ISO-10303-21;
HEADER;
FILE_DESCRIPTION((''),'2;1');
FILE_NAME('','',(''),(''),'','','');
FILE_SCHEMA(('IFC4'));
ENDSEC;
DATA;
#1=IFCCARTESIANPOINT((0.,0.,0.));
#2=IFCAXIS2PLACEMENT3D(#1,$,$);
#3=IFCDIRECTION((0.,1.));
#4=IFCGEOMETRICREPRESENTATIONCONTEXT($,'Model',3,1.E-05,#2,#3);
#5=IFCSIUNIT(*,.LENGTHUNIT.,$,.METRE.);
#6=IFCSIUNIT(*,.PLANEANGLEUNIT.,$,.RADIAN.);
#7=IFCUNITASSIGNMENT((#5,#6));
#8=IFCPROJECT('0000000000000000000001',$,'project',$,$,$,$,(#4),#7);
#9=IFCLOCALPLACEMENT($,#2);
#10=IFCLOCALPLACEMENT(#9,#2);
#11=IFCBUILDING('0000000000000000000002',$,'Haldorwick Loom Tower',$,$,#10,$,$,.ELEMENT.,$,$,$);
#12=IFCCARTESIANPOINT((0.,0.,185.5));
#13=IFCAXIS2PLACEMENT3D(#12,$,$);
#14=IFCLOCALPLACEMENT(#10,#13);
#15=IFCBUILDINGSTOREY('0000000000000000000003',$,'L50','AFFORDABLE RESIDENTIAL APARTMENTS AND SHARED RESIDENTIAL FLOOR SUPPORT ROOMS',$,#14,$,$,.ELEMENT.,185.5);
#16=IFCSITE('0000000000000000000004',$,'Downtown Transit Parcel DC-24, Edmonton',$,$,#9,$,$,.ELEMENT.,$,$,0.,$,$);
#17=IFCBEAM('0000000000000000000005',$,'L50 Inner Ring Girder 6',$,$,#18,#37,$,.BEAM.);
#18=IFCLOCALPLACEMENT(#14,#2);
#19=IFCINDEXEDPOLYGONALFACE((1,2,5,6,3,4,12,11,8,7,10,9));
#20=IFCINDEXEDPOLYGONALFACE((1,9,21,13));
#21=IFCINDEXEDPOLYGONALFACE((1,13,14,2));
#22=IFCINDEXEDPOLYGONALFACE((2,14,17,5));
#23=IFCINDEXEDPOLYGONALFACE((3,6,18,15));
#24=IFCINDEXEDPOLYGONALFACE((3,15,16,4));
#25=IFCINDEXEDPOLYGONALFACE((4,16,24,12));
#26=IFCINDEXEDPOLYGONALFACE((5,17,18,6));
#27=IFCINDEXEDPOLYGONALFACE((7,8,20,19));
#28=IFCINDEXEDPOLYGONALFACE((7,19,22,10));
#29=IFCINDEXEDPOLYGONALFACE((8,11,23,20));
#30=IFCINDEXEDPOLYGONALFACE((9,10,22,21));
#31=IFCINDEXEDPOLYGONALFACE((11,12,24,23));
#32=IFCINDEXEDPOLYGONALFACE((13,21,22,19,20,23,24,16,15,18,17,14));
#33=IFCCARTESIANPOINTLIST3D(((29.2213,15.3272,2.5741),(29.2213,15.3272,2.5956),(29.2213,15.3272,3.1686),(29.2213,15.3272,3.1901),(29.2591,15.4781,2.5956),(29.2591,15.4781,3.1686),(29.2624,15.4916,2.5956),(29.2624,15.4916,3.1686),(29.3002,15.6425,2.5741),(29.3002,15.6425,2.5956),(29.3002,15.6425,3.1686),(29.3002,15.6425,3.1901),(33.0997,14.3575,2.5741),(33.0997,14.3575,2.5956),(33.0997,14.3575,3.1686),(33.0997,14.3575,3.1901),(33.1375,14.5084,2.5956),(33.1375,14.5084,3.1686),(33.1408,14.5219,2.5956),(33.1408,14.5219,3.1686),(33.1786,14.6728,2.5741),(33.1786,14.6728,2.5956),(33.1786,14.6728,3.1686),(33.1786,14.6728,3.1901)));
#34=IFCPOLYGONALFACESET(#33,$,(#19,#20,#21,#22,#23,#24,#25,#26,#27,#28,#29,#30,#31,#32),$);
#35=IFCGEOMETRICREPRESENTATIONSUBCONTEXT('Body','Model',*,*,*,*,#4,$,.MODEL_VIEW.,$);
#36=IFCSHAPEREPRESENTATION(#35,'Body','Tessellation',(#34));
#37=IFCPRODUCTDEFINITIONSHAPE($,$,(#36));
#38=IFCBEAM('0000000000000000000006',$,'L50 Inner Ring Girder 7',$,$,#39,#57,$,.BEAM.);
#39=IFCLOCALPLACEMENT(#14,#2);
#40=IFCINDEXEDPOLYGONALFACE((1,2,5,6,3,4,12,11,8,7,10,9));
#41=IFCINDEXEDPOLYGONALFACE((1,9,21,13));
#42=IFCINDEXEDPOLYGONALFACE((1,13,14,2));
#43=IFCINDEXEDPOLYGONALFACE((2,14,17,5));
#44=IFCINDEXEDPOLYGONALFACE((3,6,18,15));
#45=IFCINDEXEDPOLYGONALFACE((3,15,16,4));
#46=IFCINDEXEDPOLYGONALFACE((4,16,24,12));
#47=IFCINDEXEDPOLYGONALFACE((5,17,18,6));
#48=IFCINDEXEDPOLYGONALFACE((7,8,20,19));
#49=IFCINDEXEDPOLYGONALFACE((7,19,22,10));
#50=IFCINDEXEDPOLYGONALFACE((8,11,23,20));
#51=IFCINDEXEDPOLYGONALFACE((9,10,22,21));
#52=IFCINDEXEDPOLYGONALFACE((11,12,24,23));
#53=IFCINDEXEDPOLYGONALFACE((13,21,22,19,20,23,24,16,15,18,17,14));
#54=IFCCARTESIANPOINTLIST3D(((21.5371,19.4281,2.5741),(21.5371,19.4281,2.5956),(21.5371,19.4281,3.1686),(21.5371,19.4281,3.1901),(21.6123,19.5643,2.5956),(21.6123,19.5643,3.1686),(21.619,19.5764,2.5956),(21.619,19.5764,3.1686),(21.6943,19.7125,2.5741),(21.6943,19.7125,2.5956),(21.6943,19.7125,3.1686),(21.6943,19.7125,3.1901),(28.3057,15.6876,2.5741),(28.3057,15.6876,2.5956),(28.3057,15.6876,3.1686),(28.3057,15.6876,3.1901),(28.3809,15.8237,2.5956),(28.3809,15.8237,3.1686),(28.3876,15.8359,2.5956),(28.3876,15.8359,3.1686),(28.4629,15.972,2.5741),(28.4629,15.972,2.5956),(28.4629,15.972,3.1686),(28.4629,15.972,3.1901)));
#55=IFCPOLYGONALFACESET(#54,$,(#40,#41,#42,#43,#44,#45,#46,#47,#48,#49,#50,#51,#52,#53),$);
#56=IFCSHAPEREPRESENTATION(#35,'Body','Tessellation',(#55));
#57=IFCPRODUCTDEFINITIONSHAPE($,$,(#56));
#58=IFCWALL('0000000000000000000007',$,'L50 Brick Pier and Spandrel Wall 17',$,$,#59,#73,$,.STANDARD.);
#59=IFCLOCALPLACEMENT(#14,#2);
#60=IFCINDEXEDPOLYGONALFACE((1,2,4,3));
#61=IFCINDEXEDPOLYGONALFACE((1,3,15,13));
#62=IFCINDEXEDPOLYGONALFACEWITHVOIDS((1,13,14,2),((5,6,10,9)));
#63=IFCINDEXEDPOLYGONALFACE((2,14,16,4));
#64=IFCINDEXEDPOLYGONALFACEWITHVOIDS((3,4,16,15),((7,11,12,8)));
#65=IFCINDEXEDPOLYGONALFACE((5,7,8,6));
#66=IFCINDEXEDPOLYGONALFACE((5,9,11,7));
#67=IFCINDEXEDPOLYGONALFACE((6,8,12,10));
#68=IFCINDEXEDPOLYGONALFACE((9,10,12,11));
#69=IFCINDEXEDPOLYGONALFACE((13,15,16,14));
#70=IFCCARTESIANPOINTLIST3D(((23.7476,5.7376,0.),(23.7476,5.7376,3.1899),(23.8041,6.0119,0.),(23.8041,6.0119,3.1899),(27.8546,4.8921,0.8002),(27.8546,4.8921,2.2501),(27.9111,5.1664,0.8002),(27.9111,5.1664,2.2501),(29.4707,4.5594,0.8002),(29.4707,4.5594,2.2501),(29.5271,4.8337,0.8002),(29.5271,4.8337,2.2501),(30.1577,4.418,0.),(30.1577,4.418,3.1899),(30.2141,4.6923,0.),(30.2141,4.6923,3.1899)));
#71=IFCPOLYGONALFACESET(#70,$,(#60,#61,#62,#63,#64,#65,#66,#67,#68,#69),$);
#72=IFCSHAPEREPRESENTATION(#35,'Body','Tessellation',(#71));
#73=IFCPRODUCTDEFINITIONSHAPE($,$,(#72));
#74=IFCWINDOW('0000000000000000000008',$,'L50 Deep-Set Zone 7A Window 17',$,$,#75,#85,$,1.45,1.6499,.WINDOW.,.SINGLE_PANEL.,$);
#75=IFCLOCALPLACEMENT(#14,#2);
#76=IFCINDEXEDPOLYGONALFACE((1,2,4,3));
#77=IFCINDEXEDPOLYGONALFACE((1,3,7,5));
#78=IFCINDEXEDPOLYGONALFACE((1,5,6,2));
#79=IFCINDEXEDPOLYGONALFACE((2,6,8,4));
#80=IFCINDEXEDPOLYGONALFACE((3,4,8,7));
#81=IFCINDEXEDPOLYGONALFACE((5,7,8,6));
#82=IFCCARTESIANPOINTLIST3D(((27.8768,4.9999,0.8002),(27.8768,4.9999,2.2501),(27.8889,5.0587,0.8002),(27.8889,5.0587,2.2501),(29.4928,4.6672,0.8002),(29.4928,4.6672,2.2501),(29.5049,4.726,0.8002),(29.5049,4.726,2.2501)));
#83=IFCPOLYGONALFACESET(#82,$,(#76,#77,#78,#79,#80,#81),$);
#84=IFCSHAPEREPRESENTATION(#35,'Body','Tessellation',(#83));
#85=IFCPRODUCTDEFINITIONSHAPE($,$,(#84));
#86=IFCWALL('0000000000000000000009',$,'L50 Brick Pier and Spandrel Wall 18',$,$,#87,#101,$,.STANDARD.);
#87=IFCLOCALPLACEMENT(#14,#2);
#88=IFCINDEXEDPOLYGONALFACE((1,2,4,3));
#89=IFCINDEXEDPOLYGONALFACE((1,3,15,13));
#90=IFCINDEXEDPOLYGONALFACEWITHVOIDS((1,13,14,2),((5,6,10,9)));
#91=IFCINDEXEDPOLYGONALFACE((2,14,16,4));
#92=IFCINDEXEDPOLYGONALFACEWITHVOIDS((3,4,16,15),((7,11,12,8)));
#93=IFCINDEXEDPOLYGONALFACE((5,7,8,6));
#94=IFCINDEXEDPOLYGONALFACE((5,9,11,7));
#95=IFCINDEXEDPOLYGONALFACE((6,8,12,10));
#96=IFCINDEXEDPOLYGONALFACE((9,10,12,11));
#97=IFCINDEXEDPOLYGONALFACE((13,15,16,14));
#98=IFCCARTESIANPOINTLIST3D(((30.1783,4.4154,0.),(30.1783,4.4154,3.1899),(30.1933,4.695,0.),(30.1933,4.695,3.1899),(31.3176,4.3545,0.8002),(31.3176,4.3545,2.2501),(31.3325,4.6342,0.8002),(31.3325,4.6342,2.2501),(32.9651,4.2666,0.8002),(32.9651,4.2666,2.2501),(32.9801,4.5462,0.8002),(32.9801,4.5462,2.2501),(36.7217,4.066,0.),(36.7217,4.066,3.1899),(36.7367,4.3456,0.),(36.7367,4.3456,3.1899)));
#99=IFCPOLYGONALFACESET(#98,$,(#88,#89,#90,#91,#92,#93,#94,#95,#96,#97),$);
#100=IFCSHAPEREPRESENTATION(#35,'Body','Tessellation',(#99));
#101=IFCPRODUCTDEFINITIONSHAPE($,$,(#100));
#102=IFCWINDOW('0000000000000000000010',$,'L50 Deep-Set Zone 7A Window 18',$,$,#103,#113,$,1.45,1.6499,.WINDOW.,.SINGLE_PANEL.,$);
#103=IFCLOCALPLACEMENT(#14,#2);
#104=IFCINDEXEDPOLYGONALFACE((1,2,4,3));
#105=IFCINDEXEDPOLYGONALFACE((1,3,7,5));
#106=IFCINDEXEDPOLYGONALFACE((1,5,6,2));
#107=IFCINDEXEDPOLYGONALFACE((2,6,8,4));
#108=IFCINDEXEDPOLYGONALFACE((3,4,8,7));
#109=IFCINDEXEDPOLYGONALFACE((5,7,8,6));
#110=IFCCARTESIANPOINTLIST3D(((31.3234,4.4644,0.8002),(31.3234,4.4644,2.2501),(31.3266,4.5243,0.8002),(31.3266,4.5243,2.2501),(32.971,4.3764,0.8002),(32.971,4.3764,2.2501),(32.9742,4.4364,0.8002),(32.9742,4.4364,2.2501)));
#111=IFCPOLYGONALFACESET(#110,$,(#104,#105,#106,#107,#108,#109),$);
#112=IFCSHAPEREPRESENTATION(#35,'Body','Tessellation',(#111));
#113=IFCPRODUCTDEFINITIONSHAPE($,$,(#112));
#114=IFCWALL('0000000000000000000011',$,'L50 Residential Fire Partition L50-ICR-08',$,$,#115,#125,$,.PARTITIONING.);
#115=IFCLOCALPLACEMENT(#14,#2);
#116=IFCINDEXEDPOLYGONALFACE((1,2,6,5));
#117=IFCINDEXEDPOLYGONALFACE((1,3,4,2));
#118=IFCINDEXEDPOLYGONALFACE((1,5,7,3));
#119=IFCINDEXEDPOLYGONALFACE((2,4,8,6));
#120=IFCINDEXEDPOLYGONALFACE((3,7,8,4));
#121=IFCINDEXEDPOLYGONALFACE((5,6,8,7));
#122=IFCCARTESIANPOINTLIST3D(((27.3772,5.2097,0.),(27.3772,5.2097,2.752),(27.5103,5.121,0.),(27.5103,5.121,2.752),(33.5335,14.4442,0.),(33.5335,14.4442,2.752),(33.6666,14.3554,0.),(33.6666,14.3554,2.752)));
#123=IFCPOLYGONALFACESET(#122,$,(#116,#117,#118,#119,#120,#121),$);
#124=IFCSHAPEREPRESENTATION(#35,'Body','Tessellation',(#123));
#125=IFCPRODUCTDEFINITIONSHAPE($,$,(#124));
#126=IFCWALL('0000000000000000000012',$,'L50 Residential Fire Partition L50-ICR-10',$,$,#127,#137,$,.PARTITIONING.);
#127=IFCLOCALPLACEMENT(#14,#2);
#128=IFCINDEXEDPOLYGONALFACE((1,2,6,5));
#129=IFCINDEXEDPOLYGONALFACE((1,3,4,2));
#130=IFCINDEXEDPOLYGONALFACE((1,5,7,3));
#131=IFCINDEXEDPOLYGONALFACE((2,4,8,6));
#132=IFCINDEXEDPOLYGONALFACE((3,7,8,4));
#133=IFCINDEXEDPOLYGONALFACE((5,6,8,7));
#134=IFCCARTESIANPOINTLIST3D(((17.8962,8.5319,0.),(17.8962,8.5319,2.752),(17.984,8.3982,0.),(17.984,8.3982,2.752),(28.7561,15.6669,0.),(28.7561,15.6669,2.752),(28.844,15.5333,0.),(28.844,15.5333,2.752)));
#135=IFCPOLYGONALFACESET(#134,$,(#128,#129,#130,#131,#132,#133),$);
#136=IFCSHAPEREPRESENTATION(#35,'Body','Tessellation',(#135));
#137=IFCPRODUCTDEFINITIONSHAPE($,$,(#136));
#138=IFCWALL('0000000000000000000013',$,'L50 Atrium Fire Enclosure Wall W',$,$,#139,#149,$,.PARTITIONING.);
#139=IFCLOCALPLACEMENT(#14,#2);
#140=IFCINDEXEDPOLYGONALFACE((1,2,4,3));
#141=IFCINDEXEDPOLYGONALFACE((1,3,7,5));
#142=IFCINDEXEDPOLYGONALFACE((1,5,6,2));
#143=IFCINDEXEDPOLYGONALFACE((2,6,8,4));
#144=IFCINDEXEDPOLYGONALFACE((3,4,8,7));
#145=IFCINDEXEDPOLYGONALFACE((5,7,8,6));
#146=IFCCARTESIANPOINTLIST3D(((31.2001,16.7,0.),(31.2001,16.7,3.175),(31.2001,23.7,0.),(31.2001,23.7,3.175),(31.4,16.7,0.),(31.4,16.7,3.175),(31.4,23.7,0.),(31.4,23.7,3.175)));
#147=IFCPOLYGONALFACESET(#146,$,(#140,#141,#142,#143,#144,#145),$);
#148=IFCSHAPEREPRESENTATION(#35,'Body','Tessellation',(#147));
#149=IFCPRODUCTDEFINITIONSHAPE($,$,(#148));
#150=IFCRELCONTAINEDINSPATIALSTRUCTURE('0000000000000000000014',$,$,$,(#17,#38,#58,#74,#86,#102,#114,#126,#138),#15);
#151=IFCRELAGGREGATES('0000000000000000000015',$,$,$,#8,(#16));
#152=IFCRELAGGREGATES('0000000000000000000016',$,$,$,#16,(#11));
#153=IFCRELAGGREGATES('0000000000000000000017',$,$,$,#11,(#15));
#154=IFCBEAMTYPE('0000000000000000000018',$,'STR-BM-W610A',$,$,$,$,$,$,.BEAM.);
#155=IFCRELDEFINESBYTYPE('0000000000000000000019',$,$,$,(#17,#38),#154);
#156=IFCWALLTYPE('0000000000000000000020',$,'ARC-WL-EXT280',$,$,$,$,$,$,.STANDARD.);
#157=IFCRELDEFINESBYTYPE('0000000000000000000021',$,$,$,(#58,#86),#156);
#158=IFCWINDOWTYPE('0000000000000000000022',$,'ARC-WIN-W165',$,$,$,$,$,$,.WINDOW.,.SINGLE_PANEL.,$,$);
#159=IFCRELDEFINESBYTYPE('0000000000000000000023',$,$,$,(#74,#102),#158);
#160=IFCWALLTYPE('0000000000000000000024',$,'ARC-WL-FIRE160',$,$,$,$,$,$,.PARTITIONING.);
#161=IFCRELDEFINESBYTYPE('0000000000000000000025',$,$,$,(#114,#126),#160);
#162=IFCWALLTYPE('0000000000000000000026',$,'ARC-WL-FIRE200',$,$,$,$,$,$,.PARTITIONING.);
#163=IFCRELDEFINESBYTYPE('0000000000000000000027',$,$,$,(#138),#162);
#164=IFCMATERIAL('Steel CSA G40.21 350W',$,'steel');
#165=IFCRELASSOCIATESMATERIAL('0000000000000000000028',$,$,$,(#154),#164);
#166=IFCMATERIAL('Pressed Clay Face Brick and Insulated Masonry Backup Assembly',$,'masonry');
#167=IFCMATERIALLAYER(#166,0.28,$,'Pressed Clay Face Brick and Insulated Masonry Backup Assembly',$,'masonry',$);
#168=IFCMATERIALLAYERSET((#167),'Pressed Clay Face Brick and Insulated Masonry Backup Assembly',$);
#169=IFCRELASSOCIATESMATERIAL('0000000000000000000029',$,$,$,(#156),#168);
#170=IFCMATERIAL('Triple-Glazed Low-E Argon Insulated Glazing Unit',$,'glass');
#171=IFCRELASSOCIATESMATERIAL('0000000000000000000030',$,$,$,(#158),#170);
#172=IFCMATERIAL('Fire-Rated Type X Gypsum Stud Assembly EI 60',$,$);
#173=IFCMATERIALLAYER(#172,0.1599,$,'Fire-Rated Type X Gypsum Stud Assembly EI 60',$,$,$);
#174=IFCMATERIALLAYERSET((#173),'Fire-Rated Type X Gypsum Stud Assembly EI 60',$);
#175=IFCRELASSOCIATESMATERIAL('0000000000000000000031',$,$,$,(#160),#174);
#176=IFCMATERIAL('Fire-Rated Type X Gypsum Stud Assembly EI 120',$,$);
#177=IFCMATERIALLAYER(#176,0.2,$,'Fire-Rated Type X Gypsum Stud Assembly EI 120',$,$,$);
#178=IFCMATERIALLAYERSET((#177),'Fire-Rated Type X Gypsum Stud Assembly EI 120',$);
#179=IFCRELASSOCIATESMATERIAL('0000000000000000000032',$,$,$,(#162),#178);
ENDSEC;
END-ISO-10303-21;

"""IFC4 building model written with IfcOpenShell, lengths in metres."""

from ifc_helpers import new_model, si_unit, direction, frame, frame_2d, origin, origin_2d, place, context, subcontext, project, spatial, rectangle, i_section, extrude, material, layer, layer_set, material_profile, profile_set, type_object, element, fill, save


model = new_model("IFC4")

# Units and contexts
model_context = context("Model", 3, precision=1e-05, world=origin(), true_north=direction((0.0, 1.0)))
body_context = subcontext(model_context, "Body", "Model", "MODEL_VIEW")
ifc_project = project(units=[si_unit("LENGTHUNIT", "METRE"), si_unit("PLANEANGLEUNIT", "RADIAN")], contexts=[model_context])

# Site, building, storey
site_placement = place(None, origin())
site = spatial("IfcSite", under=ifc_project, at=site_placement, Name="Downtown Transit Parcel DC-24, Edmonton", CompositionType="ELEMENT", RefElevation=0.0)
building_placement = place(site_placement, origin())
building = spatial("IfcBuilding", under=site, at=building_placement, Name="Haldorwick Loom Tower", CompositionType="ELEMENT")
storey_placement = place(building_placement, frame((0.0, 0.0, 185.5)))
storey = spatial("IfcBuildingStorey", under=building, at=storey_placement, Name="L50", Description="AFFORDABLE RESIDENTIAL APARTMENTS AND SHARED RESIDENTIAL FLOOR SUPPORT ROOMS", CompositionType="ELEMENT", Elevation=185.5)

# Beams
ifc_material_1 = material(Name="Steel CSA G40.21 350W", Category="steel")
ifc_material_profile_1 = material_profile(ifc_material_1, i_section(OverallWidth=0.325, OverallDepth=0.616, WebThickness=0.0139, FlangeThickness=0.0215, at=origin_2d()), Name="W610X174", Category="steel")
ifc_profile_set_1 = profile_set([ifc_material_profile_1], Name="Steel CSA G40.21 350W")
beam_type_1 = type_object("IfcBeamType", Name="STR-BM-W610A", PredefinedType="BEAM", material=ifc_profile_set_1)
beam_1_placement = place(storey_placement, frame((33.1392, 14.5151, 2.8821), z_axis=(-0.970135, 0.242564, 0.0), x_axis=(-0.242564, -0.970135, 0.0)))
element("IfcBeam", 1, at=beam_1_placement, inside=storey, type_object=beam_type_1, Name="L50 Inner Ring Girder 6", PredefinedType="BEAM", context=body_context, shape_type="SweptSolid", body=[
    extrude(i_section(OverallWidth=0.325, OverallDepth=0.616, WebThickness=0.0139, FlangeThickness=0.0215, at=origin_2d()), origin(), (0.0, 0.0, 1.0), 3.9978),
])
beam_2_placement = place(storey_placement, frame((28.3843, 15.8298, 2.8821), z_axis=(-0.875244, 0.483682, 0.0), x_axis=(-0.483682, -0.875244, 0.0)))
element("IfcBeam", 2, at=beam_2_placement, inside=storey, type_object=beam_type_1, Name="L50 Inner Ring Girder 7", PredefinedType="BEAM", context=body_context, shape_type="SweptSolid", body=[
    extrude(i_section(OverallWidth=0.325, OverallDepth=0.616, WebThickness=0.0139, FlangeThickness=0.0215, at=origin_2d()), origin(), (0.0, 0.0, 1.0), 7.7334),
])

# Walls, openings, windows
ifc_material_2 = material(Name="Pressed Clay Face Brick and Insulated Masonry Backup Assembly", Category="masonry")
ifc_layer_1 = layer(ifc_material_2, 0.28, Name="Pressed Clay Face Brick and Insulated Masonry Backup Assembly", Category="masonry")
ifc_layer_set_1 = layer_set([ifc_layer_1], Name="Pressed Clay Face Brick and Insulated Masonry Backup Assembly")
wall_type_1 = type_object("IfcWallType", Name="ARC-WL-EXT280", PredefinedType="STANDARD", material=ifc_layer_set_1)
wall_1_placement = place(storey_placement, frame((23.7759, 5.8748, 0.0), z_axis=(0.0, 0.0, 1.0), x_axis=(0.97946, -0.201637, 0.0)))
wall_1 = element("IfcWall", 3, at=wall_1_placement, inside=storey, type_object=wall_type_1, Name="L50 Brick Pier and Spandrel Wall 17", PredefinedType="STANDARD", context=body_context, shape_type="SweptSolid", body=[
    extrude(rectangle(XDim=6.5444, YDim=0.28, at=frame_2d((3.2722, 0.0))), origin(), (0.0, 0.0, 1.0), 3.1899),
])
opening_1_placement = place(wall_1_placement, frame((4.1931, 0.0, 0.8)))
opening_1 = element("IfcOpeningElement", 4, at=opening_1_placement, cuts=wall_1, PredefinedType="OPENING", context=body_context, shape_type="SweptSolid", body=[
    extrude(rectangle(XDim=1.6499, YDim=1.45, at=frame_2d((0.825, 0.7251))), frame((0.0, 0.1499, 0.0), z_axis=(0.0, -1.0, 0.0), x_axis=(1.0, 0.0, 0.0)), (0.0, 0.0, 1.0), 0.3),
])
ifc_material_3 = material(Name="Triple-Glazed Low-E Argon Insulated Glazing Unit", Category="glass")
window_type = type_object("IfcWindowType", Name="ARC-WIN-W165", PartitioningType="SINGLE_PANEL", PredefinedType="WINDOW", material=ifc_material_3)
window_1_placement = place(opening_1_placement, origin())
window_1 = element("IfcWindow", 5, at=window_1_placement, inside=storey, type_object=window_type, Name="L50 Deep-Set Zone 7A Window 17", OverallHeight=1.45, OverallWidth=1.6499, PartitioningType="SINGLE_PANEL", PredefinedType="WINDOW", context=body_context, shape_type="SweptSolid", body=[
    extrude(rectangle(XDim=1.6499, YDim=1.45, at=frame_2d((0.825, 0.7251))), frame((0.0, 0.03, 0.0), z_axis=(0.0, -1.0, 0.0), x_axis=(1.0, 0.0, 0.0)), (0.0, 0.0, 1.0), 0.0601),
])
fill(opening_1, window_1)
wall_2_placement = place(storey_placement, frame((30.1858, 4.5552, 0.0), z_axis=(0.0, 0.0, 1.0), x_axis=(0.998578, -0.053316, 0.0)))
wall_2 = element("IfcWall", 6, at=wall_2_placement, inside=storey, type_object=wall_type_1, Name="L50 Brick Pier and Spandrel Wall 18", PredefinedType="STANDARD", context=body_context, shape_type="SweptSolid", body=[
    extrude(rectangle(XDim=6.5527, YDim=0.28, at=frame_2d((3.2764, 0.0))), origin(), (0.0, 0.0, 1.0), 3.1899),
])
opening_2_placement = place(wall_2_placement, frame((1.1409, 0.0, 0.8)))
opening_2 = element("IfcOpeningElement", 7, at=opening_2_placement, cuts=wall_2, PredefinedType="OPENING", context=body_context, shape_type="SweptSolid", body=[
    extrude(rectangle(XDim=1.6499, YDim=1.45, at=frame_2d((0.825, 0.7251))), frame((0.0, 0.1499, 0.0), z_axis=(0.0, -1.0, 0.0), x_axis=(1.0, 0.0, 0.0)), (0.0, 0.0, 1.0), 0.3),
])
window_2_placement = place(opening_2_placement, origin())
window_2 = element("IfcWindow", 8, at=window_2_placement, inside=storey, type_object=window_type, Name="L50 Deep-Set Zone 7A Window 18", OverallHeight=1.45, OverallWidth=1.6499, PartitioningType="SINGLE_PANEL", PredefinedType="WINDOW", context=body_context, shape_type="SweptSolid", body=[
    extrude(rectangle(XDim=1.6499, YDim=1.45, at=frame_2d((0.825, 0.7251))), frame((0.0, 0.03, 0.0), z_axis=(0.0, -1.0, 0.0), x_axis=(1.0, 0.0, 0.0)), (0.0, 0.0, 1.0), 0.0601),
])
fill(opening_2, window_2)

# Walls
ifc_material_4 = material(Name="Fire-Rated Type X Gypsum Stud Assembly EI 60")
ifc_layer_2 = layer(ifc_material_4, 0.1599, Name="Fire-Rated Type X Gypsum Stud Assembly EI 60")
ifc_layer_set_2 = layer_set([ifc_layer_2], Name="Fire-Rated Type X Gypsum Stud Assembly EI 60")
wall_type_2 = type_object("IfcWallType", Name="ARC-WL-FIRE160", PredefinedType="PARTITIONING", material=ifc_layer_set_2)
wall_3_placement = place(storey_placement, frame((33.6001, 14.3999, 0.0), z_axis=(0.0, 0.0, 1.0), x_axis=(-0.5547, -0.83205, 0.0)))
element("IfcWall", 9, at=wall_3_placement, inside=storey, type_object=wall_type_2, Name="L50 Residential Fire Partition L50-ICR-08", PredefinedType="PARTITIONING", context=body_context, shape_type="SweptSolid", body=[
    extrude(rectangle(XDim=11.0984, YDim=0.1599, at=frame_2d((5.5493, 0.0))), origin(), (0.0, 0.0, 1.0), 2.752),
])
wall_4_placement = place(storey_placement, frame((28.8, 15.6001, 0.0), z_axis=(0.0, 0.0, 1.0), x_axis=(-0.835757, -0.549099, 0.0)))
element("IfcWall", 10, at=wall_4_placement, inside=storey, type_object=wall_type_2, Name="L50 Residential Fire Partition L50-ICR-10", PredefinedType="PARTITIONING", context=body_context, shape_type="SweptSolid", body=[
    extrude(rectangle(XDim=12.9941, YDim=0.1599, at=frame_2d((6.4971, 0.0))), origin(), (0.0, 0.0, 1.0), 2.752),
])
ifc_material_5 = material(Name="Fire-Rated Type X Gypsum Stud Assembly EI 120")
ifc_layer_3 = layer(ifc_material_5, 0.2, Name="Fire-Rated Type X Gypsum Stud Assembly EI 120")
ifc_layer_set_3 = layer_set([ifc_layer_3], Name="Fire-Rated Type X Gypsum Stud Assembly EI 120")
wall_type_3 = type_object("IfcWallType", Name="ARC-WL-FIRE200", PredefinedType="PARTITIONING", material=ifc_layer_set_3)
wall_5_placement = place(storey_placement, frame((31.3, 16.7, 0.0), z_axis=(0.0, 0.0, 1.0), x_axis=(0.0, 1.0, 0.0)))
element("IfcWall", 11, at=wall_5_placement, inside=storey, type_object=wall_type_3, Name="L50 Atrium Fire Enclosure Wall W", PredefinedType="PARTITIONING", context=body_context, shape_type="SweptSolid", body=[
    extrude(rectangle(XDim=7.0, YDim=0.2, at=frame_2d((3.5, 0.0))), origin(), (0.0, 0.0, 1.0), 3.175),
])

save(model, "model.ifc")
